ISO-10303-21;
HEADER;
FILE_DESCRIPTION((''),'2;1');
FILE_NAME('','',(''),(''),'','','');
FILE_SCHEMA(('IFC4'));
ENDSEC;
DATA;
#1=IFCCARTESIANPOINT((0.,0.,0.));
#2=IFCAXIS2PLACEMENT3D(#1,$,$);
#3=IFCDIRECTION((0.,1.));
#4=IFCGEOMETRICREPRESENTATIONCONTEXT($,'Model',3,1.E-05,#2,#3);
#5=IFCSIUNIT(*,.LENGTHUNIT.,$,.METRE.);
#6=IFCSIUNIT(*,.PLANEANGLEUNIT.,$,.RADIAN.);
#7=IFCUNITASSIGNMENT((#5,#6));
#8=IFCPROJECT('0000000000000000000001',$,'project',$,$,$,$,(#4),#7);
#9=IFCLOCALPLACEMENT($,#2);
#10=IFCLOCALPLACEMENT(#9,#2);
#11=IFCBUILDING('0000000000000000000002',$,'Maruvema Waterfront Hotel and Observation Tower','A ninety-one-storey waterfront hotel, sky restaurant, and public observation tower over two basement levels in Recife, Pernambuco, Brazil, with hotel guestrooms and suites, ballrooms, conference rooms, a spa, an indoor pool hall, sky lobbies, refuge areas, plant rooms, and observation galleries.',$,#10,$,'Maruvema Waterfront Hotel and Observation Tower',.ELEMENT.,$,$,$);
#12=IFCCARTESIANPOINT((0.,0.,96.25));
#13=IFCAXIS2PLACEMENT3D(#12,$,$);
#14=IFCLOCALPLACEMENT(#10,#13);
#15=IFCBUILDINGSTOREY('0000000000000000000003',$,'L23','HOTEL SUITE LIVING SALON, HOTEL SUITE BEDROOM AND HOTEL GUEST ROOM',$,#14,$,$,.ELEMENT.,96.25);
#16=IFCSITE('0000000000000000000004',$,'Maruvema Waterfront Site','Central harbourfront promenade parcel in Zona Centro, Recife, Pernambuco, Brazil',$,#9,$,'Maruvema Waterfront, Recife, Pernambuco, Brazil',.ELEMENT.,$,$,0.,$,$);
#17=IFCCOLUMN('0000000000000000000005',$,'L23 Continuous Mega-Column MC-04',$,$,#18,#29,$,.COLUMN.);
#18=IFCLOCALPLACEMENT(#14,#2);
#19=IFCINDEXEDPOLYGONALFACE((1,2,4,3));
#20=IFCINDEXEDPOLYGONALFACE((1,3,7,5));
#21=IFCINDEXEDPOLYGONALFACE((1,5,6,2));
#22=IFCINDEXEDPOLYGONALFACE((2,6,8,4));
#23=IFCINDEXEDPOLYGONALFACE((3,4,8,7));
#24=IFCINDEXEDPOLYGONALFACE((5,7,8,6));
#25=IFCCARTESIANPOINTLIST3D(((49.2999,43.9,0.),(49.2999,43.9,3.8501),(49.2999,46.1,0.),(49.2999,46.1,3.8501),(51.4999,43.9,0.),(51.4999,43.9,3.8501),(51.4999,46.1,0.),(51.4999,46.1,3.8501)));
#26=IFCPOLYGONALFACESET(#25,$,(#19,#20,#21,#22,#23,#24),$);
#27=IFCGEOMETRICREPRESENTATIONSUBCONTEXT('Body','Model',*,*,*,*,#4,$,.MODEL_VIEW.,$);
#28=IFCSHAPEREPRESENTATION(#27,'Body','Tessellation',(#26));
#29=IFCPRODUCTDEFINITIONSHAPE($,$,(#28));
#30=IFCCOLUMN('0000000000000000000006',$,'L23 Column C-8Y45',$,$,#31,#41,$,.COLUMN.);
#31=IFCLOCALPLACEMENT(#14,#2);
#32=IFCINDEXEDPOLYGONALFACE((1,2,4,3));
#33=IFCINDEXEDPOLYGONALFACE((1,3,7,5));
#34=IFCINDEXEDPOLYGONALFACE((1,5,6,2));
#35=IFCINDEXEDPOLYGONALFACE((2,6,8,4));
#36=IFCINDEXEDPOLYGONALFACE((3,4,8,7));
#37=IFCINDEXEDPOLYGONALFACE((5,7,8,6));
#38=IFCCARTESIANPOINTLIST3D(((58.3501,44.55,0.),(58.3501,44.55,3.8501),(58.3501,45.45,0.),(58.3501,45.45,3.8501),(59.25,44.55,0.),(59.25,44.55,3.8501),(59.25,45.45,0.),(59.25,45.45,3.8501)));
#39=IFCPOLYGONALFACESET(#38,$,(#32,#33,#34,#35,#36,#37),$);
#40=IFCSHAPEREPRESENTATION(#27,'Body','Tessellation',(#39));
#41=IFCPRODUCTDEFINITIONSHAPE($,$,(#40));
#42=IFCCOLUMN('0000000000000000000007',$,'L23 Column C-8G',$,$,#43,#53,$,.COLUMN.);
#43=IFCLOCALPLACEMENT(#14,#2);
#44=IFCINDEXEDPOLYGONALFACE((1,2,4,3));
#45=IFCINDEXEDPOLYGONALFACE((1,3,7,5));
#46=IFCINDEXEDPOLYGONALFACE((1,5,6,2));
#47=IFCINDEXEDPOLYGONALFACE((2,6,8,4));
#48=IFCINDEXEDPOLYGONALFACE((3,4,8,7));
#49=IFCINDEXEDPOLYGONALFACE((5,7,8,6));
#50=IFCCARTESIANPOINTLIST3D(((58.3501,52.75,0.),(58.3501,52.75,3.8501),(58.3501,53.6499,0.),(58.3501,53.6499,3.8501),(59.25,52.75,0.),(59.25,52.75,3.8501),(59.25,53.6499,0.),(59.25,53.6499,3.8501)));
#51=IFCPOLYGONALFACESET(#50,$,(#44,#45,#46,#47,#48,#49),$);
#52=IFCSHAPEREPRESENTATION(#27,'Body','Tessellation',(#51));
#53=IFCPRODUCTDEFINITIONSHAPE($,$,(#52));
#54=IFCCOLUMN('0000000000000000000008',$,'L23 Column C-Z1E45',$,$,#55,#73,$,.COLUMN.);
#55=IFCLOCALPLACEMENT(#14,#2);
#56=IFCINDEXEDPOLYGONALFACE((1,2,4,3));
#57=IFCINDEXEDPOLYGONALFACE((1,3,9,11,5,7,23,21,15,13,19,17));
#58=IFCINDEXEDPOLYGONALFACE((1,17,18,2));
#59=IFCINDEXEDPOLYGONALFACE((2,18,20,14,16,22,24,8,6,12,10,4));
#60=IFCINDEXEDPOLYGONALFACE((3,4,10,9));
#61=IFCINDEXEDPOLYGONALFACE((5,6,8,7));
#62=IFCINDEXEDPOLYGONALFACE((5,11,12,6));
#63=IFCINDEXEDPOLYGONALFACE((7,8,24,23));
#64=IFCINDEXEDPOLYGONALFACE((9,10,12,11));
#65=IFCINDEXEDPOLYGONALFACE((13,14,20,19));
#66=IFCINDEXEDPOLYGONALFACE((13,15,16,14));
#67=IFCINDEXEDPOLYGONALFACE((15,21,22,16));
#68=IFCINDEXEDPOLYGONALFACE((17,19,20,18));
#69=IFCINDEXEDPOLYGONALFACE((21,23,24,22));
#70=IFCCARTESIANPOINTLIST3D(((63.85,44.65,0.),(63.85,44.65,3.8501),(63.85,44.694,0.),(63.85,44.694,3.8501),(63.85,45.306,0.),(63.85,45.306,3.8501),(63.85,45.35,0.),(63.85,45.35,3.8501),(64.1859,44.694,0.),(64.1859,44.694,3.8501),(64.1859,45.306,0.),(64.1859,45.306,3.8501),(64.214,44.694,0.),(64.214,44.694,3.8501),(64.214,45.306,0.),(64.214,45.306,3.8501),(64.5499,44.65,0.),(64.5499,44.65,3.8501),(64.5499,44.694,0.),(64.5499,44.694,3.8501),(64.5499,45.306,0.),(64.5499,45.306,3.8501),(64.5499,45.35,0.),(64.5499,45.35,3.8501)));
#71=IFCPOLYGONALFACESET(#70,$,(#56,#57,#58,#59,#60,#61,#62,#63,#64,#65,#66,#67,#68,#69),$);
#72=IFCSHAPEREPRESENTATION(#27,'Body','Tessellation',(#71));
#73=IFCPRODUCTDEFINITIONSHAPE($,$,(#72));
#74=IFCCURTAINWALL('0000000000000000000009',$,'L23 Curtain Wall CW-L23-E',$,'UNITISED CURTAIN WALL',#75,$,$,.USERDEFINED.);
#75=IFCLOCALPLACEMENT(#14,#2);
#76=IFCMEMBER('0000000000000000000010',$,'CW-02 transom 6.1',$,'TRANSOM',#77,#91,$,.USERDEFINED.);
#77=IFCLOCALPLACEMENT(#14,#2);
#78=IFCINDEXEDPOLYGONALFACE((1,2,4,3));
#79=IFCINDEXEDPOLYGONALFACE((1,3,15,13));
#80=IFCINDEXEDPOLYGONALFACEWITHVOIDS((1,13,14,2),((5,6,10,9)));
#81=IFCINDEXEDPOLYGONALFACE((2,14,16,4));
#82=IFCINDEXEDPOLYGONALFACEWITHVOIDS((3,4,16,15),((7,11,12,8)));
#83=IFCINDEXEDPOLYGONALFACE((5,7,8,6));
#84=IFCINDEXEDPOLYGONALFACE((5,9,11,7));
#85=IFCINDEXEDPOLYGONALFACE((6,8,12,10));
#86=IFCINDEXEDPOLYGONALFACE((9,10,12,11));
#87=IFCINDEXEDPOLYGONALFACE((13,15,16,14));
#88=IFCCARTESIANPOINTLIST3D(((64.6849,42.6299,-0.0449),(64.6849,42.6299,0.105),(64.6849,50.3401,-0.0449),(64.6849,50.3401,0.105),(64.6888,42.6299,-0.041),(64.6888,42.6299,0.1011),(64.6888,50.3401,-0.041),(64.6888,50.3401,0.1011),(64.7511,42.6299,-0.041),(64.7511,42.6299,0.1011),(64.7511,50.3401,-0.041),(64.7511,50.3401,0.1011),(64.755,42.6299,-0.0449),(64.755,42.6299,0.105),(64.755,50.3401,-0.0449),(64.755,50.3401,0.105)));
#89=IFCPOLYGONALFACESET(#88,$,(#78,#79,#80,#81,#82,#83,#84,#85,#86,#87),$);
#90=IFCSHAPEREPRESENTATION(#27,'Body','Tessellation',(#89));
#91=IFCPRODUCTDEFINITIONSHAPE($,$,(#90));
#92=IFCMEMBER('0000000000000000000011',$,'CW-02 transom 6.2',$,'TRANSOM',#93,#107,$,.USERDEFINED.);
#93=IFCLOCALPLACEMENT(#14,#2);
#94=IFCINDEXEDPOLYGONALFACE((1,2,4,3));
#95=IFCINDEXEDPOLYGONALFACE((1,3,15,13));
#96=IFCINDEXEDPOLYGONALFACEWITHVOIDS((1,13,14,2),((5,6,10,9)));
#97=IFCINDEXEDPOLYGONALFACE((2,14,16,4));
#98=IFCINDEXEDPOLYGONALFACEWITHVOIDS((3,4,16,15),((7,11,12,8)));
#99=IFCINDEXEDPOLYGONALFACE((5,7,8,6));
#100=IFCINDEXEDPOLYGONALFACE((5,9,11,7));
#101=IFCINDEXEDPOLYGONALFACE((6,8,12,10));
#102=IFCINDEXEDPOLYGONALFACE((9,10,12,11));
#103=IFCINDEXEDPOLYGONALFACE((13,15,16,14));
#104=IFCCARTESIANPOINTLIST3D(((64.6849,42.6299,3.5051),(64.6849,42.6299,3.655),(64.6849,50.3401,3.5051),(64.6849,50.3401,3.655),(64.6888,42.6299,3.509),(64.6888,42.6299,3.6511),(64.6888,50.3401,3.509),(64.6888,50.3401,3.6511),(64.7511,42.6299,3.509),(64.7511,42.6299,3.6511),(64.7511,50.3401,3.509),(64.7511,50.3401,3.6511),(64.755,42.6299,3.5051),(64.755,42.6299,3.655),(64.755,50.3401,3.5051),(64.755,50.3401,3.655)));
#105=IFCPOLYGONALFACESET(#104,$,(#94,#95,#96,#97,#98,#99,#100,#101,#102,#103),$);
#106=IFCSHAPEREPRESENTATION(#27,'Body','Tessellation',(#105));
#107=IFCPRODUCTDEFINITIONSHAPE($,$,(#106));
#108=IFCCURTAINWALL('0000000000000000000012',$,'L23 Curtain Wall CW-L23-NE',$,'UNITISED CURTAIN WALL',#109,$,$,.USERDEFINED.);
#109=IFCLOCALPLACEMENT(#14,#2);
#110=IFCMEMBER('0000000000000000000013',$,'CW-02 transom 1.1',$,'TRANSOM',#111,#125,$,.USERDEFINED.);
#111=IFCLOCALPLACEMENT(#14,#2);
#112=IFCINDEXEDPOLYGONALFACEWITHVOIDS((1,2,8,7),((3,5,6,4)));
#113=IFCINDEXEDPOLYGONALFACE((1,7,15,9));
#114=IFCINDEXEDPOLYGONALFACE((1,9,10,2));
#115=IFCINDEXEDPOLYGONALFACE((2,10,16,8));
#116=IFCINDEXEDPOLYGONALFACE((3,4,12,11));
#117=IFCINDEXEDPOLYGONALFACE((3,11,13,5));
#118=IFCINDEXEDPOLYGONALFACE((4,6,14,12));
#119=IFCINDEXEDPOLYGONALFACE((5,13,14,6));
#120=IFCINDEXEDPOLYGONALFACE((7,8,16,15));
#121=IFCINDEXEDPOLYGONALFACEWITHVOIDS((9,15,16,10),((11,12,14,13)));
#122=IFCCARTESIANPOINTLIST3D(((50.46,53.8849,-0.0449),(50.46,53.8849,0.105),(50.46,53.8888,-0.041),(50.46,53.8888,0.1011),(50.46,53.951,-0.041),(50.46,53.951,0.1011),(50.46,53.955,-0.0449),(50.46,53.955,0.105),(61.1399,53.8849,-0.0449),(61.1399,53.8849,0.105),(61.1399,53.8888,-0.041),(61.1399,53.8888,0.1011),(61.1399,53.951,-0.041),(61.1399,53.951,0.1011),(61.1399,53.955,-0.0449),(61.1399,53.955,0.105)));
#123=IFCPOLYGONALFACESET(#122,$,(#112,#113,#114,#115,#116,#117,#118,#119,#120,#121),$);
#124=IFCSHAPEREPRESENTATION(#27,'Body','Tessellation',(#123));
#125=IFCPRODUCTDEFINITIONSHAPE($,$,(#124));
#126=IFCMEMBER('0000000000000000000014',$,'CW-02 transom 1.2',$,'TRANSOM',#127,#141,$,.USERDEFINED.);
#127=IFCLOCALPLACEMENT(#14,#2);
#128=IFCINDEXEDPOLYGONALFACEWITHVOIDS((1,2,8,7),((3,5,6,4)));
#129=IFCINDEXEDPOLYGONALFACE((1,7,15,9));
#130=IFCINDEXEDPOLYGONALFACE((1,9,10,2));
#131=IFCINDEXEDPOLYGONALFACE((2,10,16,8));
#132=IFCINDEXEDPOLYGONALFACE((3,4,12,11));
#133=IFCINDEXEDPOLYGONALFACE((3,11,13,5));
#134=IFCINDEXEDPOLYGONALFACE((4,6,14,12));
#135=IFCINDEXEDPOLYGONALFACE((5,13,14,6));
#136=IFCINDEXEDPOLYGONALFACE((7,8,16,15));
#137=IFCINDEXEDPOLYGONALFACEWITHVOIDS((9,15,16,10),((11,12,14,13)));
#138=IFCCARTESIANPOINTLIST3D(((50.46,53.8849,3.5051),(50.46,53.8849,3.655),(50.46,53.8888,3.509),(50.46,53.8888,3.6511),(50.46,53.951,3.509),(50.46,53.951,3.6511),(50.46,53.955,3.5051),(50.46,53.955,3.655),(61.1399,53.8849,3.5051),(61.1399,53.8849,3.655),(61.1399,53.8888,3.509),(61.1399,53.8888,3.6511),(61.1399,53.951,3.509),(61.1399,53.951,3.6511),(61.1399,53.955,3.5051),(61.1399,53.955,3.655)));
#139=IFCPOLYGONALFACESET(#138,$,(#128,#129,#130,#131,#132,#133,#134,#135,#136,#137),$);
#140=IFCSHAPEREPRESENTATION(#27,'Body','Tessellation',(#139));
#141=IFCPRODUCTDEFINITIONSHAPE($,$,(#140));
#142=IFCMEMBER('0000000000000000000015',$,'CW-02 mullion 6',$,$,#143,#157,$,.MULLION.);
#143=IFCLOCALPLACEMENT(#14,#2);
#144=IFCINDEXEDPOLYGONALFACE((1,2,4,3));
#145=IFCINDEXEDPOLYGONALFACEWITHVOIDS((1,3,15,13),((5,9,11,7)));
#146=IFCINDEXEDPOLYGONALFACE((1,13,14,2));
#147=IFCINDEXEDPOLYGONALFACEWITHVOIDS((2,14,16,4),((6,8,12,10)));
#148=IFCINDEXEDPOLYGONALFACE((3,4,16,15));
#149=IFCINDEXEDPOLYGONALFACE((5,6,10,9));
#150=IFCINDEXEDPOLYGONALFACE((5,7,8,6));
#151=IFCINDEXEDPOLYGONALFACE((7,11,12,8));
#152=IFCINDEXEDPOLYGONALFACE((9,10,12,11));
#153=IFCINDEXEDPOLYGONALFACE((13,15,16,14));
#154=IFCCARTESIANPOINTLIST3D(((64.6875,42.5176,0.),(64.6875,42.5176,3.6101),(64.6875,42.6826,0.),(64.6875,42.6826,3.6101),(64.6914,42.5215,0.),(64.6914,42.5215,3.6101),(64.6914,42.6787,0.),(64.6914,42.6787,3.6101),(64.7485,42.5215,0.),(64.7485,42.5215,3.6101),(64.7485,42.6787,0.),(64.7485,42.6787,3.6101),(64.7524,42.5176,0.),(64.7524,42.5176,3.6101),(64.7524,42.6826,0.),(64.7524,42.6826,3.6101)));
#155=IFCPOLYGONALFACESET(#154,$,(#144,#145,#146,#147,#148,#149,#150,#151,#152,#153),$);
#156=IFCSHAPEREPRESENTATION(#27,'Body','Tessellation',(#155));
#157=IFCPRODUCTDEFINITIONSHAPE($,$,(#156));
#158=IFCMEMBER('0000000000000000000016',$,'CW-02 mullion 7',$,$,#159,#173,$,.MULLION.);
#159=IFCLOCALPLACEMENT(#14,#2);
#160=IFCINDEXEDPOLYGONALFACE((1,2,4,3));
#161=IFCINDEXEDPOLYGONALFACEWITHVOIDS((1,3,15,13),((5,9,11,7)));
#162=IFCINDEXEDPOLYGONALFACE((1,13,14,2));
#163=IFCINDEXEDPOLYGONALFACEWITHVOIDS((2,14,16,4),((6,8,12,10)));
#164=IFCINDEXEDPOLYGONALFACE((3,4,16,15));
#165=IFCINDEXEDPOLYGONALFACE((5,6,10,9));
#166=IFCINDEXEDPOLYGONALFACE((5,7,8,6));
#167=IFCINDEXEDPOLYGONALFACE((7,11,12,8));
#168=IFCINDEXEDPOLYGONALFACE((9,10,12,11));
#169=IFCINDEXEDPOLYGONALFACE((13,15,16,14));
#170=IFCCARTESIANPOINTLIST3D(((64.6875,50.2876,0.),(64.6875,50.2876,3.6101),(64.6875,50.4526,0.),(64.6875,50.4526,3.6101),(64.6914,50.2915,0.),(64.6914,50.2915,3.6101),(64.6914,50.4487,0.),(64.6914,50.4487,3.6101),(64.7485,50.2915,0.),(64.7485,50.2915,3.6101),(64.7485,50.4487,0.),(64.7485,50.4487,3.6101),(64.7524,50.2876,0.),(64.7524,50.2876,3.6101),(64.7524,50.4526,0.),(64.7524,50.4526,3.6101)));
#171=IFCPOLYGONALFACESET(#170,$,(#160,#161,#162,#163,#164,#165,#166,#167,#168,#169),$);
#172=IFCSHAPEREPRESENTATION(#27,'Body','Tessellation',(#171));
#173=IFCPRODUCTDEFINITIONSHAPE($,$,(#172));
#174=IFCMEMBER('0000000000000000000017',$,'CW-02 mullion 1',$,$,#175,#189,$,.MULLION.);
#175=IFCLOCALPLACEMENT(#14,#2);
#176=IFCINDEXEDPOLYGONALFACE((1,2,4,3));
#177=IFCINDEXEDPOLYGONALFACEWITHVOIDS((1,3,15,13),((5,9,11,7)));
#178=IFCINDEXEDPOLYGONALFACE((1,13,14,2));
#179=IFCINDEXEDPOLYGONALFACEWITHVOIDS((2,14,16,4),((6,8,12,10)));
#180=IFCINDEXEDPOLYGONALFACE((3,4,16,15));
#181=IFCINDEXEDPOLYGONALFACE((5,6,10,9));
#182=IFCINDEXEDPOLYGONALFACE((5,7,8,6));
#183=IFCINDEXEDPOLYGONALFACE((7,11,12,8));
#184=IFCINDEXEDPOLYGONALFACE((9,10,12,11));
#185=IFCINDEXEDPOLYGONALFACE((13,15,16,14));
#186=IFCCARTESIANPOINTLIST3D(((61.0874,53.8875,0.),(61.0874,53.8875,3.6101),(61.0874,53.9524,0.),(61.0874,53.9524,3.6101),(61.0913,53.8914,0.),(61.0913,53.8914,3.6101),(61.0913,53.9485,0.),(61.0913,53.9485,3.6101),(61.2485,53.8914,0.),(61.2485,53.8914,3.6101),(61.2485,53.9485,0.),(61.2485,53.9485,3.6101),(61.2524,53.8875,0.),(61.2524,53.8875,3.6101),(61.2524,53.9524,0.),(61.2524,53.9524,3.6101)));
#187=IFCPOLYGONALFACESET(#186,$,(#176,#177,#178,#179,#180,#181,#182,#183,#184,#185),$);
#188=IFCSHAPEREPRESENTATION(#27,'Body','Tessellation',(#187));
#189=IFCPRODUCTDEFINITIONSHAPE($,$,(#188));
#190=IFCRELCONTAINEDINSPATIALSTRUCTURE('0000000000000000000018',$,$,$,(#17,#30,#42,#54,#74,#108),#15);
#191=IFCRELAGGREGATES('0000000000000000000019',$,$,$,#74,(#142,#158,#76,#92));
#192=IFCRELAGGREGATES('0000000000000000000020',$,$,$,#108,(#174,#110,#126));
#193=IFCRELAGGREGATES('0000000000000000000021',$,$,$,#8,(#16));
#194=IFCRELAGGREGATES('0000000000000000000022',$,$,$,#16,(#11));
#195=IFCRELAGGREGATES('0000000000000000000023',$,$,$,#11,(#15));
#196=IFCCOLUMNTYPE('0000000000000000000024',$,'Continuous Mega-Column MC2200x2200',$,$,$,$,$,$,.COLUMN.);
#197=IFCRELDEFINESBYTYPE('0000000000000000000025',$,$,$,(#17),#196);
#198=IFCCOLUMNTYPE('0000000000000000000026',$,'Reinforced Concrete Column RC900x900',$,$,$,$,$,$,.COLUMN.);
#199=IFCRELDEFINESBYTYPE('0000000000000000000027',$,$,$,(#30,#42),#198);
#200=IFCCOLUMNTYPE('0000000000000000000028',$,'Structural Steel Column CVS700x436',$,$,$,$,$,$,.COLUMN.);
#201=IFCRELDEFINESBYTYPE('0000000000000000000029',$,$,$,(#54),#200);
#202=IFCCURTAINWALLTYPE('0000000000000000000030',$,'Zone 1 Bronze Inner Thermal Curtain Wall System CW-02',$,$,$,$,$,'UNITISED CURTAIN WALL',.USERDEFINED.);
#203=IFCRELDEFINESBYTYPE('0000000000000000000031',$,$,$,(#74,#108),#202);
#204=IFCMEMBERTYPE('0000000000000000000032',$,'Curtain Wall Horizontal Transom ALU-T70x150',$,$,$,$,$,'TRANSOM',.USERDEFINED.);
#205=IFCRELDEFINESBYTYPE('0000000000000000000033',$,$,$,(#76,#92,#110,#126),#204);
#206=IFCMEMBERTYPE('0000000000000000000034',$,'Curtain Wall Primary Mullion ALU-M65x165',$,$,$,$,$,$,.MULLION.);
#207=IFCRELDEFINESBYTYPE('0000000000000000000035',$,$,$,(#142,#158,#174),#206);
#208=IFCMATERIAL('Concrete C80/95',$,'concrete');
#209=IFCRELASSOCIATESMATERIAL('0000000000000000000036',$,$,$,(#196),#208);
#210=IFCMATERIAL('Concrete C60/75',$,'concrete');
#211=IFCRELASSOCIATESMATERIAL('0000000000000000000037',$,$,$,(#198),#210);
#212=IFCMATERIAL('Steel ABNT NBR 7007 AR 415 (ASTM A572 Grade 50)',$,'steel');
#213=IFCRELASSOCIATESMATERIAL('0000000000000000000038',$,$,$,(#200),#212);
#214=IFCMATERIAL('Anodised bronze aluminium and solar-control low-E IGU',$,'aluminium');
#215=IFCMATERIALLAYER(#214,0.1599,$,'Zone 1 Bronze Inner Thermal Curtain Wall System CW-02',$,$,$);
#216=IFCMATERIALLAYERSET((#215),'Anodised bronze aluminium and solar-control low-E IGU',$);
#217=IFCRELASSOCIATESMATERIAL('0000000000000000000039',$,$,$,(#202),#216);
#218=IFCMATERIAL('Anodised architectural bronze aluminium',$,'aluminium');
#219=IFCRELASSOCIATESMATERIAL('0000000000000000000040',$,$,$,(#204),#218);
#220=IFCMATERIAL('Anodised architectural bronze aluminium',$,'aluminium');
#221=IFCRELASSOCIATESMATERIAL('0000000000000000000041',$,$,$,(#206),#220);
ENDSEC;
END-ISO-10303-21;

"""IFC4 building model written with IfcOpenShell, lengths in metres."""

from ifc_helpers import new_model, si_unit, direction, frame, origin, origin_2d, place, context, subcontext, project, spatial, rectangle, hollow_rectangle, i_section, extrude, material, layer, layer_set, material_profile, profile_set, type_object, element, aggregate, save


model = new_model("IFC4")

# Units and contexts
model_context = context("Model", 3, precision=1e-05, world=origin(), true_north=direction((0.0, 1.0)))
body_context = subcontext(model_context, "Body", "Model", "MODEL_VIEW")
ifc_project = project(units=[si_unit("LENGTHUNIT", "METRE"), si_unit("PLANEANGLEUNIT", "RADIAN")], contexts=[model_context])

# Site, building, storey
site_placement = place(None, origin())
site = spatial("IfcSite", under=ifc_project, at=site_placement, Name="Maruvema Waterfront Site", Description="Central harbourfront promenade parcel in Zona Centro, Recife, Pernambuco, Brazil", LongName="Maruvema Waterfront, Recife, Pernambuco, Brazil", CompositionType="ELEMENT", RefElevation=0.0)
building_placement = place(site_placement, origin())
building = spatial("IfcBuilding", under=site, at=building_placement, Name="Maruvema Waterfront Hotel and Observation Tower", Description="A ninety-one-storey waterfront hotel, sky restaurant, and public observation tower over two basement levels in Recife, Pernambuco, Brazil, with hotel guestrooms and suites, ballrooms, conference rooms, a spa, an indoor pool hall, sky lobbies, refuge areas, plant rooms, and observation galleries.", LongName="Maruvema Waterfront Hotel and Observation Tower", CompositionType="ELEMENT")
storey_placement = place(building_placement, frame((0.0, 0.0, 96.25)))
storey = spatial("IfcBuildingStorey", under=building, at=storey_placement, Name="L23", Description="HOTEL SUITE LIVING SALON, HOTEL SUITE BEDROOM AND HOTEL GUEST ROOM", CompositionType="ELEMENT", Elevation=96.25)

# Columns
ifc_material_1 = material(Name="Concrete C80/95", Category="concrete")
ifc_material_profile_1 = material_profile(ifc_material_1, rectangle(XDim=2.2, YDim=2.2, at=origin_2d()), Name="MC2200x2200")
ifc_profile_set_1 = profile_set([ifc_material_profile_1], Name="Concrete C80/95")
column_type_1 = type_object("IfcColumnType", Name="Continuous Mega-Column MC2200x2200", PredefinedType="COLUMN", material=ifc_profile_set_1)
column_1_placement = place(storey_placement, frame((50.3999, 45.0, 0.0), z_axis=(0.0, 0.0, 1.0), x_axis=(1.0, 0.0, 0.0)))
element("IfcColumn", 1, at=column_1_placement, inside=storey, type_object=column_type_1, Name="L23 Continuous Mega-Column MC-04", PredefinedType="COLUMN", context=body_context, shape_type="SweptSolid", body=[
    extrude(rectangle(XDim=2.2, YDim=2.2, at=origin_2d()), origin(), (0.0, 0.0, 1.0), 3.8501),
])
ifc_material_2 = material(Name="Concrete C60/75", Category="concrete")
ifc_material_profile_2 = material_profile(ifc_material_2, rectangle(XDim=0.8999, YDim=0.8999, at=origin_2d()), Name="RC900x900")
ifc_profile_set_2 = profile_set([ifc_material_profile_2], Name="Concrete C60/75")
column_type_2 = type_object("IfcColumnType", Name="Reinforced Concrete Column RC900x900", PredefinedType="COLUMN", material=ifc_profile_set_2)
for number, where, z_axis, x_axis, name in (
    (2, (58.8, 45.0, 0.0), (0.0, 0.0, 1.0), (1.0, 0.0, 0.0), "L23 Column C-8Y45"),
    (3, (58.8, 53.2, 0.0), (0.0, 0.0, 1.0), (1.0, 0.0, 0.0), "L23 Column C-8G"),
):
    element("IfcColumn", number, at=place(storey_placement, frame(where, z_axis=z_axis, x_axis=x_axis)), inside=storey, type_object=column_type_2, Name=name, PredefinedType="COLUMN", context=body_context, shape_type="SweptSolid", body=[
        extrude(rectangle(XDim=0.8999, YDim=0.8999, at=origin_2d()), origin(), (0.0, 0.0, 1.0), 3.8501),
    ])
ifc_material_3 = material(Name="Steel ABNT NBR 7007 AR 415 (ASTM A572 Grade 50)", Category="steel")
ifc_material_profile_3 = material_profile(ifc_material_3, i_section(OverallWidth=0.7, OverallDepth=0.7, WebThickness=0.0281, FlangeThickness=0.0439, at=origin_2d()), Name="CVS700x436")
ifc_profile_set_3 = profile_set([ifc_material_profile_3], Name="Steel ABNT NBR 7007 AR 415 (ASTM A572 Grade 50)")
column_type_3 = type_object("IfcColumnType", Name="Structural Steel Column CVS700x436", PredefinedType="COLUMN", material=ifc_profile_set_3)
column_2_placement = place(storey_placement, frame((64.2, 45.0, 0.0), z_axis=(0.0, 0.0, 1.0), x_axis=(1.0, 0.0, 0.0)))
element("IfcColumn", 4, at=column_2_placement, inside=storey, type_object=column_type_3, Name="L23 Column C-Z1E45", PredefinedType="COLUMN", context=body_context, shape_type="SweptSolid", body=[
    extrude(i_section(OverallWidth=0.7, OverallDepth=0.7, WebThickness=0.0281, FlangeThickness=0.0439, at=origin_2d()), origin(), (0.0, 0.0, 1.0), 3.8501),
])

# Curtain walls, members
ifc_material_4 = material(Name="Anodised bronze aluminium and solar-control low-E IGU", Category="aluminium")
ifc_layer_1 = layer(ifc_material_4, 0.1599, Name="Zone 1 Bronze Inner Thermal Curtain Wall System CW-02")
ifc_layer_set_1 = layer_set([ifc_layer_1], Name="Anodised bronze aluminium and solar-control low-E IGU")
curtain_wall_type = type_object("IfcCurtainWallType", Name="Zone 1 Bronze Inner Thermal Curtain Wall System CW-02", ElementType="UNITISED CURTAIN WALL", PredefinedType="USERDEFINED", material=ifc_layer_set_1)
curtain_wall_1_placement = place(storey_placement, origin())
curtain_wall_1 = element("IfcCurtainWall", 5, at=curtain_wall_1_placement, inside=storey, type_object=curtain_wall_type, Name="L23 Curtain Wall CW-L23-E", ObjectType="UNITISED CURTAIN WALL", PredefinedType="USERDEFINED")
ifc_material_5 = material(Name="Anodised architectural bronze aluminium", Category="aluminium")
ifc_material_profile_4 = material_profile(ifc_material_5, hollow_rectangle(XDim=0.0701, YDim=0.1499, WallThickness=0.0039, at=origin_2d()), Name="ALU-T70x150")
ifc_profile_set_4 = profile_set([ifc_material_profile_4], Name="Anodised architectural bronze aluminium")
member_type_1 = type_object("IfcMemberType", Name="Curtain Wall Horizontal Transom ALU-T70x150", ElementType="TRANSOM", PredefinedType="USERDEFINED", material=ifc_profile_set_4)
member_1_placement = place(storey_placement, frame((64.72, 42.6299, 0.03), z_axis=(0.0, 1.0, 0.0), x_axis=(-1.0, 0.0, 0.0)))
member_1 = element("IfcMember", 6, at=member_1_placement, type_object=member_type_1, Name="CW-02 transom 6.1", ObjectType="TRANSOM", PredefinedType="USERDEFINED", context=body_context, shape_type="SweptSolid", body=[
    extrude(hollow_rectangle(XDim=0.0701, YDim=0.1499, WallThickness=0.0039, at=origin_2d()), origin(), (0.0, 0.0, 1.0), 7.7102),
])
member_2_placement = place(storey_placement, frame((64.72, 42.6299, 3.5801), z_axis=(0.0, 1.0, 0.0), x_axis=(-1.0, 0.0, 0.0)))
member_2 = element("IfcMember", 7, at=member_2_placement, type_object=member_type_1, Name="CW-02 transom 6.2", ObjectType="TRANSOM", PredefinedType="USERDEFINED", context=body_context, shape_type="SweptSolid", body=[
    extrude(hollow_rectangle(XDim=0.0701, YDim=0.1499, WallThickness=0.0039, at=origin_2d()), origin(), (0.0, 0.0, 1.0), 7.7102),
])
curtain_wall_2_placement = place(storey_placement, origin())
curtain_wall_2 = element("IfcCurtainWall", 8, at=curtain_wall_2_placement, inside=storey, type_object=curtain_wall_type, Name="L23 Curtain Wall CW-L23-NE", ObjectType="UNITISED CURTAIN WALL", PredefinedType="USERDEFINED")
member_3_placement = place(storey_placement, frame((61.1399, 53.9199, 0.03), z_axis=(-1.0, 0.0, 0.0), x_axis=(0.0, -1.0, 0.0)))
member_3 = element("IfcMember", 9, at=member_3_placement, type_object=member_type_1, Name="CW-02 transom 1.1", ObjectType="TRANSOM", PredefinedType="USERDEFINED", context=body_context, shape_type="SweptSolid", body=[
    extrude(hollow_rectangle(XDim=0.0701, YDim=0.1499, WallThickness=0.0039, at=origin_2d()), origin(), (0.0, 0.0, 1.0), 10.6799),
])
member_4_placement = place(storey_placement, frame((61.1399, 53.9199, 3.5801), z_axis=(-1.0, 0.0, 0.0), x_axis=(0.0, -1.0, 0.0)))
member_4 = element("IfcMember", 10, at=member_4_placement, type_object=member_type_1, Name="CW-02 transom 1.2", ObjectType="TRANSOM", PredefinedType="USERDEFINED", context=body_context, shape_type="SweptSolid", body=[
    extrude(hollow_rectangle(XDim=0.0701, YDim=0.1499, WallThickness=0.0039, at=origin_2d()), origin(), (0.0, 0.0, 1.0), 10.6799),
])

# Members
ifc_material_6 = material(Name="Anodised architectural bronze aluminium", Category="aluminium")
ifc_material_profile_5 = material_profile(ifc_material_6, hollow_rectangle(XDim=0.0649, YDim=0.165, WallThickness=0.0039, at=origin_2d()), Name="ALU-M65x165")
ifc_profile_set_5 = profile_set([ifc_material_profile_5], Name="Anodised architectural bronze aluminium")
member_type_2 = type_object("IfcMemberType", Name="Curtain Wall Primary Mullion ALU-M65x165", PredefinedType="MULLION", material=ifc_profile_set_5)
member_5_placement = place(storey_placement, frame((64.72, 42.6001, 0.0), z_axis=(0.0, 0.0, 1.0), x_axis=(-1.0, 0.0, 0.0)))
member_5 = element("IfcMember", 11, at=member_5_placement, type_object=member_type_2, Name="CW-02 mullion 6", PredefinedType="MULLION", context=body_context, shape_type="SweptSolid", body=[
    extrude(hollow_rectangle(XDim=0.0649, YDim=0.165, WallThickness=0.0039, at=origin_2d()), origin(), (0.0, 0.0, 1.0), 3.6101),
])
member_6_placement = place(storey_placement, frame((64.72, 50.3701, 0.0), z_axis=(0.0, 0.0, 1.0), x_axis=(-1.0, 0.0, 0.0)))
member_6 = element("IfcMember", 12, at=member_6_placement, type_object=member_type_2, Name="CW-02 mullion 7", PredefinedType="MULLION", context=body_context, shape_type="SweptSolid", body=[
    extrude(hollow_rectangle(XDim=0.0649, YDim=0.165, WallThickness=0.0039, at=origin_2d()), origin(), (0.0, 0.0, 1.0), 3.6101),
])
member_7_placement = place(storey_placement, frame((61.1699, 53.9199, 0.0), z_axis=(0.0, 0.0, 1.0), x_axis=(0.0, -1.0, 0.0)))
member_7 = element("IfcMember", 13, at=member_7_placement, type_object=member_type_2, Name="CW-02 mullion 1", PredefinedType="MULLION", context=body_context, shape_type="SweptSolid", body=[
    extrude(hollow_rectangle(XDim=0.0649, YDim=0.165, WallThickness=0.0039, at=origin_2d()), origin(), (0.0, 0.0, 1.0), 3.6101),
])

aggregate(curtain_wall_1, [member_5, member_6, member_1, member_2])
aggregate(curtain_wall_2, [member_7, member_3, member_4])

save(model, "model.ifc")
